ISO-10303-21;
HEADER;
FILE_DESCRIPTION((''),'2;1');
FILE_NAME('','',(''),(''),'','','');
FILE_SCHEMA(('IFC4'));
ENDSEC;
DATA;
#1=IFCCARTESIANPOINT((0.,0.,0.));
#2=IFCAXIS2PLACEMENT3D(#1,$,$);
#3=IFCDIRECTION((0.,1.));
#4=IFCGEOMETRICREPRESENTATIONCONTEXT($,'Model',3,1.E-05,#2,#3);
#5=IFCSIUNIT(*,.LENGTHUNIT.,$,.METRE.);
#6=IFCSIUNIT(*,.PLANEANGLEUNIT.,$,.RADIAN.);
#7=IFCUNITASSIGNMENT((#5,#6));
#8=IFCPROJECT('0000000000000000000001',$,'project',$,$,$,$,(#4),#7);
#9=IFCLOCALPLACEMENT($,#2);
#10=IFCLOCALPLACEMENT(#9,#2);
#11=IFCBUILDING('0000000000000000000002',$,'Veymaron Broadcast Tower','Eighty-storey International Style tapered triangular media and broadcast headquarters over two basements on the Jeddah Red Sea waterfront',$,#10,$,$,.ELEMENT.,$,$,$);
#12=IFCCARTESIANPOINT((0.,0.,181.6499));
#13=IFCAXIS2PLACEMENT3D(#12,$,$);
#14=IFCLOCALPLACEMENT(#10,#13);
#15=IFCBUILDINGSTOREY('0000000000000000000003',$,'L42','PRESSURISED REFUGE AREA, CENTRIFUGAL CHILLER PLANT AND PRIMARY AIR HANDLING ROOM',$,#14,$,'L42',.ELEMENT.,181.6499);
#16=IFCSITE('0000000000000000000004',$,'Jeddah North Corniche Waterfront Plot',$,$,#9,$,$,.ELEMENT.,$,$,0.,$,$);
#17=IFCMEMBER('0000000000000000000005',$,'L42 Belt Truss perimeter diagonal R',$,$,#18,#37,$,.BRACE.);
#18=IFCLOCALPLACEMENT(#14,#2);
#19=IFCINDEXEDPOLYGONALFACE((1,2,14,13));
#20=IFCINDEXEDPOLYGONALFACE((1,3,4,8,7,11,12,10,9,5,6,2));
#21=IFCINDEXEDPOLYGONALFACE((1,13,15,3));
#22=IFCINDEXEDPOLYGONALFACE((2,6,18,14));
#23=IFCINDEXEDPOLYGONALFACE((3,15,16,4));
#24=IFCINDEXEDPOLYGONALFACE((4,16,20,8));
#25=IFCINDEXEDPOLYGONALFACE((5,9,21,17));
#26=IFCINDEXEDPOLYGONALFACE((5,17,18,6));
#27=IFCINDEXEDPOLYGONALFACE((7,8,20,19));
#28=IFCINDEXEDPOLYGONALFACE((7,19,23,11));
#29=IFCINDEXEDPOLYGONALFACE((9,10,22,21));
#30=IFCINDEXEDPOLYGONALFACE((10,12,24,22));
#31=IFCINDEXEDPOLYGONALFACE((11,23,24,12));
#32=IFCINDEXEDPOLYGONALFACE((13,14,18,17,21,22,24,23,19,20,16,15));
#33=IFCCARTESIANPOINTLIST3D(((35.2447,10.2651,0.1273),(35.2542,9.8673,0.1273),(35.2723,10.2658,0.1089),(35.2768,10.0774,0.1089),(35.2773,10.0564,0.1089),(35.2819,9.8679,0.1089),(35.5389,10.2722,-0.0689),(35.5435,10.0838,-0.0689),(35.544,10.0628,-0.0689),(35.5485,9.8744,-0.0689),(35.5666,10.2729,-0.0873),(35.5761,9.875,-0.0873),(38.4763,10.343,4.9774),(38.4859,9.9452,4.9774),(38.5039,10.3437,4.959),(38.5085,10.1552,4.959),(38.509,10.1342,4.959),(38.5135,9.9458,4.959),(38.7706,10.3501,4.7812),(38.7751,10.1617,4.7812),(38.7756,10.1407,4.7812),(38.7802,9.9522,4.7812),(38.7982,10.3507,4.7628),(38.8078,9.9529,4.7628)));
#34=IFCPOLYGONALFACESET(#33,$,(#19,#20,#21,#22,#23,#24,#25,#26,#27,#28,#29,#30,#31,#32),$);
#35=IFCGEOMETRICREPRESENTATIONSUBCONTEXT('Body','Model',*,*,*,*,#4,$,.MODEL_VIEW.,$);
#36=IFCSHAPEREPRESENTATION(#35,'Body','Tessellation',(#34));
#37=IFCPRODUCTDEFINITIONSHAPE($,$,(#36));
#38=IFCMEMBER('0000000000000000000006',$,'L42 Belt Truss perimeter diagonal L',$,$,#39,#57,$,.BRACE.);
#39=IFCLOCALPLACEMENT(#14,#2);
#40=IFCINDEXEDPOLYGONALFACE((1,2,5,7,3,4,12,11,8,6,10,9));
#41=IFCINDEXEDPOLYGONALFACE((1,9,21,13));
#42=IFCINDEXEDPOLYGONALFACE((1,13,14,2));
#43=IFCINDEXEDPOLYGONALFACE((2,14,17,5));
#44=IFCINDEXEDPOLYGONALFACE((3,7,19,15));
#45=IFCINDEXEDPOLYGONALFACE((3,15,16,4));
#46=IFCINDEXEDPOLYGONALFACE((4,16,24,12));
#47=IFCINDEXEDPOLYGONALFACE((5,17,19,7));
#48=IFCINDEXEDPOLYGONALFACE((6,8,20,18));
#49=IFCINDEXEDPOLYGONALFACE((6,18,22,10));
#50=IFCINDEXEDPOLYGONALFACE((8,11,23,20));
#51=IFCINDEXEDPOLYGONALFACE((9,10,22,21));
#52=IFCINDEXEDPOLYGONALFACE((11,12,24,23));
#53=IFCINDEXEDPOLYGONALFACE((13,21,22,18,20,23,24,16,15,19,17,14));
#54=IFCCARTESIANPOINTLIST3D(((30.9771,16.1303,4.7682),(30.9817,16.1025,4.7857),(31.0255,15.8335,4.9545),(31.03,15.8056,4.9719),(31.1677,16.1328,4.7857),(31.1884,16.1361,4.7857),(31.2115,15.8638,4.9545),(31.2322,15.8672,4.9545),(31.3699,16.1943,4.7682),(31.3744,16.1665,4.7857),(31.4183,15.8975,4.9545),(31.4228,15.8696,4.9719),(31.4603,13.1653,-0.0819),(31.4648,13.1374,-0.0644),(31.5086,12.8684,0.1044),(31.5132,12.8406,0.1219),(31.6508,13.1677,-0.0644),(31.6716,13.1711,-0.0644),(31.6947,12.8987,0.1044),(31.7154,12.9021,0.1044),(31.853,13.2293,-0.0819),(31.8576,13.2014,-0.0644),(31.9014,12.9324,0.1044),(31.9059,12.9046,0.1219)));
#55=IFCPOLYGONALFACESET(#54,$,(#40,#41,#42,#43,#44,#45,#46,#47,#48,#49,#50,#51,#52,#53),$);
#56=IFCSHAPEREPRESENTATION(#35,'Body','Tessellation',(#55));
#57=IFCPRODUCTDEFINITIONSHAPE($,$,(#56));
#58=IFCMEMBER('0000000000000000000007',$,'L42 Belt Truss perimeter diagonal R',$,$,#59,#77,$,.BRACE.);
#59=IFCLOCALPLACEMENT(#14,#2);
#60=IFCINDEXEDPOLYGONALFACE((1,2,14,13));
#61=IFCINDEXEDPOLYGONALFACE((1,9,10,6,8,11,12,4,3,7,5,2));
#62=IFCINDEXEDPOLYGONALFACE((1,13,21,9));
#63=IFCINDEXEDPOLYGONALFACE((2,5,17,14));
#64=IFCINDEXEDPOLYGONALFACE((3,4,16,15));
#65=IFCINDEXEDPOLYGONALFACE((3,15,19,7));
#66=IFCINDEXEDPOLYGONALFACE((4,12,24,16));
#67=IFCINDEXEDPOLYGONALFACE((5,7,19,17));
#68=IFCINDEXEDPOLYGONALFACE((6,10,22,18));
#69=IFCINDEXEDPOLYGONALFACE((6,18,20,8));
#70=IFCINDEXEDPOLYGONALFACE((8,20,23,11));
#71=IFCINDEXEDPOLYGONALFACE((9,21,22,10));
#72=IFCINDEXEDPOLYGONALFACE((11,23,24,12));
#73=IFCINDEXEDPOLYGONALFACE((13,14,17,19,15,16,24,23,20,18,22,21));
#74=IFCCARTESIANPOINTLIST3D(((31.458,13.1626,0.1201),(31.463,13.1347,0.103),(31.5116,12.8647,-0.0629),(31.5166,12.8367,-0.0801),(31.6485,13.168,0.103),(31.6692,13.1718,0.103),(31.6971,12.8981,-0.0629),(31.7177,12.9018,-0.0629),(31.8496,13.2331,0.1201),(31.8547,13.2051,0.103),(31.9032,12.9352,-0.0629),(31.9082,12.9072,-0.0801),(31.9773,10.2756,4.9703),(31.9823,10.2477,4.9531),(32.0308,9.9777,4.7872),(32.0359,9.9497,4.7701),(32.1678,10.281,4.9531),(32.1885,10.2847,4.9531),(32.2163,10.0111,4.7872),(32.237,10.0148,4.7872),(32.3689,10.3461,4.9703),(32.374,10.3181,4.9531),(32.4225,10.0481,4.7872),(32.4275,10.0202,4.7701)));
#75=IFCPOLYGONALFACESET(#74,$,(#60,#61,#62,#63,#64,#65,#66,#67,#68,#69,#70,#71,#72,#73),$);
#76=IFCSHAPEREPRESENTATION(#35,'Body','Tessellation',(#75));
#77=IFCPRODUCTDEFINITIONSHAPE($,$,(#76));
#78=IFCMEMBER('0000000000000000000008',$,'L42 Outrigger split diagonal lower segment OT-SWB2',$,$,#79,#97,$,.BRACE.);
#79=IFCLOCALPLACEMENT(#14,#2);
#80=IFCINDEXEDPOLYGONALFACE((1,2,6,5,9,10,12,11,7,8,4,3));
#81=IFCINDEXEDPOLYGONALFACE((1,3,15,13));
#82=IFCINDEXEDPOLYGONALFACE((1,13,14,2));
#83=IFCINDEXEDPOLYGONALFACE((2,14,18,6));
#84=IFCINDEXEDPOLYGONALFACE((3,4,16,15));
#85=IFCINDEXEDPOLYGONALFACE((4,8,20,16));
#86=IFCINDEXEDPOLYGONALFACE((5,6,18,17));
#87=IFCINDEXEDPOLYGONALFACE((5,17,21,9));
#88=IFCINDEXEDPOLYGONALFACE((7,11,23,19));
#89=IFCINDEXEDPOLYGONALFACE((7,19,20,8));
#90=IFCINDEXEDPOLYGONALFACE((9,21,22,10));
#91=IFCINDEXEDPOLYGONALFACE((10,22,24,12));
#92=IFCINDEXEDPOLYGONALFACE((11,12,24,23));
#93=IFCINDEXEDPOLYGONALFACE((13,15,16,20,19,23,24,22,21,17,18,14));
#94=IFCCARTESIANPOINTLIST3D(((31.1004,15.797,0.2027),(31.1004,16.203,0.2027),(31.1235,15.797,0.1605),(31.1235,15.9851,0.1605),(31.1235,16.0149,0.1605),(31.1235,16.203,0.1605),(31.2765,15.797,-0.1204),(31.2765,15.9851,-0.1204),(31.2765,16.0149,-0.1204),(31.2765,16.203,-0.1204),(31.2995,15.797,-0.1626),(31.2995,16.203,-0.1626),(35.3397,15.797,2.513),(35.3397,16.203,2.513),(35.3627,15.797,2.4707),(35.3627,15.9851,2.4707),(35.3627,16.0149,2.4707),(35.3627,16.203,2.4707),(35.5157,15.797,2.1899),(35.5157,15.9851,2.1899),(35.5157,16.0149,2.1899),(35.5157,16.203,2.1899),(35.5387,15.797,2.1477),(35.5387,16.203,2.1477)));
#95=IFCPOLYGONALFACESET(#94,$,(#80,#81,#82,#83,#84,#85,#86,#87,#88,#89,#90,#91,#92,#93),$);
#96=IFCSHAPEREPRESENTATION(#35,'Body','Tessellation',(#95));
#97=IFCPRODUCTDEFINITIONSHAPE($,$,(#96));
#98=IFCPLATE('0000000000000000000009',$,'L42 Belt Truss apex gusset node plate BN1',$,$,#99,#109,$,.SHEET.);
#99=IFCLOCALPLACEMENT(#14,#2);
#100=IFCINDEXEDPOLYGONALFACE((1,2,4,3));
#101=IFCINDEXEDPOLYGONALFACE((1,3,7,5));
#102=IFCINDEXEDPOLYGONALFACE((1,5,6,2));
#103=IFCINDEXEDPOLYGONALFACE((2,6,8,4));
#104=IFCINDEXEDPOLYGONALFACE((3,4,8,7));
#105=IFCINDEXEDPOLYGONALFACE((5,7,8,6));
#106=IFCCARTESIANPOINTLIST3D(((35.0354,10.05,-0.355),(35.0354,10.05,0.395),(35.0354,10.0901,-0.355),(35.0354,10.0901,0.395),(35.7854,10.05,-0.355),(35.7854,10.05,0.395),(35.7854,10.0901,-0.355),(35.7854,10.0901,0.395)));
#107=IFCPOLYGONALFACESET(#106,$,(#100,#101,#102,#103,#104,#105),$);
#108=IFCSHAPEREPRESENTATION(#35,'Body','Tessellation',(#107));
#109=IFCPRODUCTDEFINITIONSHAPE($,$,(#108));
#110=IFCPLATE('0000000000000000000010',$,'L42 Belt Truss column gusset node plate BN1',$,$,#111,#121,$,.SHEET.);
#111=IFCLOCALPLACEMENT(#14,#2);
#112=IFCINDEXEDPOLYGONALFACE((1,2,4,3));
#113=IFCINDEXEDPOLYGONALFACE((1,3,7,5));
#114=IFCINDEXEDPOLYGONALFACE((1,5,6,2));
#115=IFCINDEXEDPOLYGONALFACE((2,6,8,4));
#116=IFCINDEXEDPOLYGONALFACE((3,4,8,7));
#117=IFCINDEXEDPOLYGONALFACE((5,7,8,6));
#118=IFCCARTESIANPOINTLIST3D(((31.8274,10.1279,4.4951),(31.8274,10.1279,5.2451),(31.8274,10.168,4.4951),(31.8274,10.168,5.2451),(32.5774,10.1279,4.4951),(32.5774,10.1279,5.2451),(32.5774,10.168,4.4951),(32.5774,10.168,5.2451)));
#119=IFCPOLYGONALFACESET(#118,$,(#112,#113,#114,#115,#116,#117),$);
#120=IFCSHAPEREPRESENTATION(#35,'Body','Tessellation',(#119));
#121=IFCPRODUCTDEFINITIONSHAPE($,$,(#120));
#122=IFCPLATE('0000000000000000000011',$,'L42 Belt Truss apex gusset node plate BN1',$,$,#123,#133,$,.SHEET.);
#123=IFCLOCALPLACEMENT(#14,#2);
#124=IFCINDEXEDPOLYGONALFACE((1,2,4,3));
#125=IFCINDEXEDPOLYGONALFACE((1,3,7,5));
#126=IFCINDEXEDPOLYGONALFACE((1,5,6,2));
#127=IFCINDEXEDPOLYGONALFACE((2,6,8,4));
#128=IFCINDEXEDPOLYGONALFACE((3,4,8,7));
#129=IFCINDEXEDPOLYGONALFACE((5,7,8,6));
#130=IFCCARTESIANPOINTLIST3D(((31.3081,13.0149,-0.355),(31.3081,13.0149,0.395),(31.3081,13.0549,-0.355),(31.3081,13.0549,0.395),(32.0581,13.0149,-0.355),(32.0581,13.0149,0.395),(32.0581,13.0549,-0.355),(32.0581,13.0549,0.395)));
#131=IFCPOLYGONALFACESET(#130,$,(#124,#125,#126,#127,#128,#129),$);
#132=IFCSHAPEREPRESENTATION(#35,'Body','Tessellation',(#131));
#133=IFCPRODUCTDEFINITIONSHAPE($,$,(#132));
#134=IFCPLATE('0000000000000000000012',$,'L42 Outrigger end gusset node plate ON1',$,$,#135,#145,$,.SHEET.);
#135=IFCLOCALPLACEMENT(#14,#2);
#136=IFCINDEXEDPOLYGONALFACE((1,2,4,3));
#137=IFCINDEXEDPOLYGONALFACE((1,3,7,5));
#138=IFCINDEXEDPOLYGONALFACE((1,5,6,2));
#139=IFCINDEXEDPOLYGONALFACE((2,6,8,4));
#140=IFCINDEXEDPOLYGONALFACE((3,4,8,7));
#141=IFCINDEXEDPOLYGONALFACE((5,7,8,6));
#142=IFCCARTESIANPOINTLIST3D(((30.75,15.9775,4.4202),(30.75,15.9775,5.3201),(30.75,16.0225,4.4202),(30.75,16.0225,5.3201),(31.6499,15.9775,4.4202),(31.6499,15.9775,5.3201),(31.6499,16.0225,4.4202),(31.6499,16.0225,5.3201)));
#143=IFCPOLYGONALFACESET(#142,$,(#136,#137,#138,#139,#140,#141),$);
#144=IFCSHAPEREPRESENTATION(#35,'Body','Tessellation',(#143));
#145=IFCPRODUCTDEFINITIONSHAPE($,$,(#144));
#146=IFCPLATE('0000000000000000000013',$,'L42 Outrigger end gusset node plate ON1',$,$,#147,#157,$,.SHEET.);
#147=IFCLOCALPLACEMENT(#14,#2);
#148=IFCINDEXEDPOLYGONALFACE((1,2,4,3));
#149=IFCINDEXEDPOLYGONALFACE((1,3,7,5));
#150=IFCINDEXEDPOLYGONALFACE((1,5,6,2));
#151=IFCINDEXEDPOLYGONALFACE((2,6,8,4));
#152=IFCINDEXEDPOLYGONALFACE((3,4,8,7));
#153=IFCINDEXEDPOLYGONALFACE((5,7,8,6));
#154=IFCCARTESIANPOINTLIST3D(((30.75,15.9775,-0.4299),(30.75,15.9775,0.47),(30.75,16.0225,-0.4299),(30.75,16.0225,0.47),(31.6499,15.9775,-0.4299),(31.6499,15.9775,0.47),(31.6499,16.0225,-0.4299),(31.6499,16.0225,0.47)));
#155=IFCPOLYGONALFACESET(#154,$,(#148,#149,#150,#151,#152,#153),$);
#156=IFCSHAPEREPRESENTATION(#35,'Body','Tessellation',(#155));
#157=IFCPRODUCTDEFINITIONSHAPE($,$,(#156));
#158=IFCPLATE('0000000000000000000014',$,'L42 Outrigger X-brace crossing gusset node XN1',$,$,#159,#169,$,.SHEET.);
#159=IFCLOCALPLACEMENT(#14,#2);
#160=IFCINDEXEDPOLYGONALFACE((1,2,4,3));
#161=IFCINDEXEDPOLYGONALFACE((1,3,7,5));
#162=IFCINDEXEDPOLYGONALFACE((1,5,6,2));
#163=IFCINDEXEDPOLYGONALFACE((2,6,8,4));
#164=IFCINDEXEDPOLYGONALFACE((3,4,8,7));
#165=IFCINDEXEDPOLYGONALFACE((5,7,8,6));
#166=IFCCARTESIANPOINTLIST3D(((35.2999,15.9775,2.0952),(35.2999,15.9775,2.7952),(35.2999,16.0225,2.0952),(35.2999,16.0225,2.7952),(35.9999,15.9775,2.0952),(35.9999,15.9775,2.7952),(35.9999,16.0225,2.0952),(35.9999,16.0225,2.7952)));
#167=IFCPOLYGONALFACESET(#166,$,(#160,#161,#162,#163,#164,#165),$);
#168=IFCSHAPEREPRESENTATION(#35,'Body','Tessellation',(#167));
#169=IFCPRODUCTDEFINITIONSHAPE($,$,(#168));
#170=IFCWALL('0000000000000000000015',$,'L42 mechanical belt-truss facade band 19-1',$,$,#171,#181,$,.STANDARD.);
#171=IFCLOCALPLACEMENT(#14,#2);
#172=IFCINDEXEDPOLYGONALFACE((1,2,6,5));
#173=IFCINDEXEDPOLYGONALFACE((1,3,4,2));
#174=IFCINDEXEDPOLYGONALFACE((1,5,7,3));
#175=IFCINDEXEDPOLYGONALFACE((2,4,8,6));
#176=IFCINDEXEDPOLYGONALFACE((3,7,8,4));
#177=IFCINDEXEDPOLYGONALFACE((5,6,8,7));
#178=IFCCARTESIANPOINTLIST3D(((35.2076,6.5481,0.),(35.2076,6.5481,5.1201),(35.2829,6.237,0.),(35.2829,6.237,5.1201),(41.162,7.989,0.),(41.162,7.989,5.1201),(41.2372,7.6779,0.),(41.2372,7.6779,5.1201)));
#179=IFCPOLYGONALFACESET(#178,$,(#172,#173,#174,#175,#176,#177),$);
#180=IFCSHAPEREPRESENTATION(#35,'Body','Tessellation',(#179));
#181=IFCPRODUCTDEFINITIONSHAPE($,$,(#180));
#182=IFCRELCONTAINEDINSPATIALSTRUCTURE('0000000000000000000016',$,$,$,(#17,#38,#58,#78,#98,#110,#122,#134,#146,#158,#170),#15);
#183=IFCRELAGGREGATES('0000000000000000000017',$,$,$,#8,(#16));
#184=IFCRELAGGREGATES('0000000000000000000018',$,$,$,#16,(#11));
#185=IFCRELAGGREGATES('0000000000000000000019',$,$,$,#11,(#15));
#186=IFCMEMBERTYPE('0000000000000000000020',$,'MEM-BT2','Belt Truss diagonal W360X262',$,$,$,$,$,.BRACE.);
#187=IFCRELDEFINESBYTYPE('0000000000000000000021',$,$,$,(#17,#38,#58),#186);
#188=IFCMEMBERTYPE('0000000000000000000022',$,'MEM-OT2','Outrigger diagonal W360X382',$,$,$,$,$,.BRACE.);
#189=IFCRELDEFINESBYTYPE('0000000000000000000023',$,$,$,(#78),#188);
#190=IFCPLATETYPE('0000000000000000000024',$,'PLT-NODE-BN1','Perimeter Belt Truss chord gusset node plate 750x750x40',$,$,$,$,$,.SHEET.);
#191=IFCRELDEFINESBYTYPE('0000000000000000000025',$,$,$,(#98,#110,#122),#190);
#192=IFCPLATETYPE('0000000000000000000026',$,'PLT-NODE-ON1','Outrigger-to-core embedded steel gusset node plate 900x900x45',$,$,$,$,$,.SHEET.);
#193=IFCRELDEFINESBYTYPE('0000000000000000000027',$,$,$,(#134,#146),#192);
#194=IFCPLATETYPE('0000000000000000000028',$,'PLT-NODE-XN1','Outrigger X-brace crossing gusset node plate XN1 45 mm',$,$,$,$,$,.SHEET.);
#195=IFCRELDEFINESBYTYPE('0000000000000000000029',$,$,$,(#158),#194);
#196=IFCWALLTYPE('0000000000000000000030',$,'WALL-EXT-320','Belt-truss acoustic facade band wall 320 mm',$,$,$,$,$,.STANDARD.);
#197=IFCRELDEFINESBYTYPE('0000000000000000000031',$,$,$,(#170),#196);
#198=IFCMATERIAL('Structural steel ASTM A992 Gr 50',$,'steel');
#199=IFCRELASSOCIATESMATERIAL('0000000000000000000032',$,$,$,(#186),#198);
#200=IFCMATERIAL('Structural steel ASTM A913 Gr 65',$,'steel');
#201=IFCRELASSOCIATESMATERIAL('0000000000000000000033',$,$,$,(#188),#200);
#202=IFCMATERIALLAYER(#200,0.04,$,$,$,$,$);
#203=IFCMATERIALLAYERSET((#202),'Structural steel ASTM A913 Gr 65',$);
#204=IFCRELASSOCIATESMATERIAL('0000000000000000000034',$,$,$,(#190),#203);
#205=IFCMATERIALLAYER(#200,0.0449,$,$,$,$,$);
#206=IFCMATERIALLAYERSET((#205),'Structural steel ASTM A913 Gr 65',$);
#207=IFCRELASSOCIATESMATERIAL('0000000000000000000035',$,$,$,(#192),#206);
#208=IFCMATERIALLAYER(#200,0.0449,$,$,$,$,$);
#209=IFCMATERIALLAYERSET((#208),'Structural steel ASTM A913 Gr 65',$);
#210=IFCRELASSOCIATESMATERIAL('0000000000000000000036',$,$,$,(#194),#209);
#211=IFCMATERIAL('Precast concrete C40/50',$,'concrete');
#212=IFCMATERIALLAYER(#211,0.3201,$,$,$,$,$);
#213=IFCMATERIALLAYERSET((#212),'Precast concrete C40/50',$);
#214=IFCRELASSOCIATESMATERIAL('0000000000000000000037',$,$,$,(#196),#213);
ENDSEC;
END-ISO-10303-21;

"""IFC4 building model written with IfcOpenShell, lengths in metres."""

from ifc_helpers import new_model, si_unit, direction, frame, frame_2d, origin, origin_2d, place, context, subcontext, project, spatial, rectangle, i_section, extrude, material, layer, layer_set, material_profile, profile_set, type_object, element, save


model = new_model("IFC4")

# Units and contexts
model_context = context("Model", 3, precision=1e-05, world=origin(), true_north=direction((0.0, 1.0)))
body_context = subcontext(model_context, "Body", "Model", "MODEL_VIEW")
ifc_project = project(units=[si_unit("LENGTHUNIT", "METRE"), si_unit("PLANEANGLEUNIT", "RADIAN")], contexts=[model_context])

# Site, building, storey
site_placement = place(None, origin())
site = spatial("IfcSite", under=ifc_project, at=site_placement, Name="Jeddah North Corniche Waterfront Plot", CompositionType="ELEMENT", RefElevation=0.0)
building_placement = place(site_placement, origin())
building = spatial("IfcBuilding", under=site, at=building_placement, Name="Veymaron Broadcast Tower", Description="Eighty-storey International Style tapered triangular media and broadcast headquarters over two basements on the Jeddah Red Sea waterfront", CompositionType="ELEMENT")
storey_placement = place(building_placement, frame((0.0, 0.0, 181.6499)))
storey = spatial("IfcBuildingStorey", under=building, at=storey_placement, Name="L42", Description="PRESSURISED REFUGE AREA, CENTRIFUGAL CHILLER PLANT AND PRIMARY AIR HANDLING ROOM", LongName="L42", CompositionType="ELEMENT", Elevation=181.6499)

# Shared definitions
ifc_material_1 = material(Name="Structural steel ASTM A913 Gr 65", Category="steel")

# Shared definitions
ifc_material_2 = material(Name="Structural steel ASTM A992 Gr 50", Category="steel")

# Members
ifc_material_profile_1 = material_profile(ifc_material_2, i_section(OverallWidth=0.3979, OverallDepth=0.387, WebThickness=0.021, FlangeThickness=0.0332, at=origin_2d()), Name="W360X262")
ifc_profile_set_1 = profile_set([ifc_material_profile_1], Name="Structural steel ASTM A992 Gr 50")
member_type_1 = type_object("IfcMemberType", Name="MEM-BT2", Description="Belt Truss diagonal W360X262", PredefinedType="BRACE", material=ifc_profile_set_1)
member_1_placement = place(storey_placement, frame((35.4104, 10.0701, 0.02), z_axis=(0.554448, 0.013362, 0.832111), x_axis=(-0.024092, 0.99971, 0.0)))
element("IfcMember", 1, at=member_1_placement, inside=storey, type_object=member_type_1, Name="L42 Belt Truss perimeter diagonal R", PredefinedType="BRACE", context=body_context, shape_type="SweptSolid", body=[
    extrude(i_section(OverallWidth=0.3979, OverallDepth=0.387, WebThickness=0.021, FlangeThickness=0.0332, at=origin_2d()), origin(), (0.0, 0.0, 1.0), 5.8286),
])
member_2_placement = place(storey_placement, frame((31.6831, 13.0349, 0.02), z_axis=(-0.084688, 0.519722, 0.850128), x_axis=(-0.986983, -0.160827, 0.0)))
element("IfcMember", 2, at=member_2_placement, inside=storey, type_object=member_type_1, Name="L42 Belt Truss perimeter diagonal L", PredefinedType="BRACE", context=body_context, shape_type="SweptSolid", body=[
    extrude(i_section(OverallWidth=0.3979, OverallDepth=0.387, WebThickness=0.021, FlangeThickness=0.0332, at=origin_2d()), origin(), (0.0, 0.0, 1.0), 5.7051),
])
member_3_placement = place(storey_placement, frame((31.6831, 13.0349, 0.02), z_axis=(0.091615, -0.509333, 0.855679), x_axis=(0.984205, 0.177032, 0.0)))
element("IfcMember", 3, at=member_3_placement, inside=storey, type_object=member_type_1, Name="L42 Belt Truss perimeter diagonal R", PredefinedType="BRACE", context=body_context, shape_type="SweptSolid", body=[
    extrude(i_section(OverallWidth=0.3979, OverallDepth=0.387, WebThickness=0.021, FlangeThickness=0.0332, at=origin_2d()), origin(), (0.0, 0.0, 1.0), 5.6682),
])
ifc_material_profile_2 = material_profile(ifc_material_1, i_section(OverallWidth=0.406, OverallDepth=0.416, WebThickness=0.0298, FlangeThickness=0.0481, at=origin_2d()), Name="W360X382")
ifc_profile_set_2 = profile_set([ifc_material_profile_2], Name="Structural steel ASTM A913 Gr 65")
member_type_2 = type_object("IfcMemberType", Name="MEM-OT2", Description="Outrigger diagonal W360X382", PredefinedType="BRACE", material=ifc_profile_set_2)
member_4_placement = place(storey_placement, frame((35.4392, 16.0, 2.3303), z_axis=(-0.878071, 0.0, -0.47853), x_axis=(0.0, -1.0, 0.0)))
element("IfcMember", 4, at=member_4_placement, inside=storey, type_object=member_type_2, Name="L42 Outrigger split diagonal lower segment OT-SWB2", PredefinedType="BRACE", context=body_context, shape_type="SweptSolid", body=[
    extrude(i_section(OverallWidth=0.406, OverallDepth=0.416, WebThickness=0.0298, FlangeThickness=0.0481, at=origin_2d()), origin(), (0.0, 0.0, 1.0), 4.8279),
])

# Plates
ifc_layer_1 = layer(ifc_material_1, 0.04)
ifc_layer_set_1 = layer_set([ifc_layer_1], Name="Structural steel ASTM A913 Gr 65")
plate_type_1 = type_object("IfcPlateType", Name="PLT-NODE-BN1", Description="Perimeter Belt Truss chord gusset node plate 750x750x40", PredefinedType="SHEET", material=ifc_layer_set_1)
for number, where, z_axis, x_axis, name in (
    (5, (35.4104, 10.0701, -0.355), (0.0, 0.0, 1.0), (1.0, 0.0, 0.0), "L42 Belt Truss apex gusset node plate BN1"),
    (6, (32.2024, 10.1479, 4.4951), (0.0, 0.0, 1.0), (1.0, 0.0, 0.0), "L42 Belt Truss column gusset node plate BN1"),
    (7, (31.6831, 13.0349, -0.355), (0.0, 0.0, 1.0), (1.0, 0.0, 0.0), "L42 Belt Truss apex gusset node plate BN1"),
):
    element("IfcPlate", number, at=place(storey_placement, frame(where, z_axis=z_axis, x_axis=x_axis)), inside=storey, type_object=plate_type_1, Name=name, PredefinedType="SHEET", context=body_context, shape_type="SweptSolid", body=[
        extrude(rectangle(XDim=0.75, YDim=0.04, at=origin_2d()), origin(), (0.0, 0.0, 1.0), 0.75),
    ])
ifc_layer_2 = layer(ifc_material_1, 0.0449)
ifc_layer_set_2 = layer_set([ifc_layer_2], Name="Structural steel ASTM A913 Gr 65")
plate_type_2 = type_object("IfcPlateType", Name="PLT-NODE-ON1", Description="Outrigger-to-core embedded steel gusset node plate 900x900x45", PredefinedType="SHEET", material=ifc_layer_set_2)
for number, where, z_axis, x_axis, name in (
    (8, (31.2, 16.0, 4.4202), (0.0, 0.0, 1.0), (1.0, 0.0, 0.0), "L42 Outrigger end gusset node plate ON1"),
    (9, (31.2, 16.0, -0.4299), (0.0, 0.0, 1.0), (1.0, 0.0, 0.0), "L42 Outrigger end gusset node plate ON1"),
):
    element("IfcPlate", number, at=place(storey_placement, frame(where, z_axis=z_axis, x_axis=x_axis)), inside=storey, type_object=plate_type_2, Name=name, PredefinedType="SHEET", context=body_context, shape_type="SweptSolid", body=[
        extrude(rectangle(XDim=0.8999, YDim=0.0449, at=origin_2d()), origin(), (0.0, 0.0, 1.0), 0.8999),
    ])
ifc_layer_3 = layer(ifc_material_1, 0.0449)
ifc_layer_set_3 = layer_set([ifc_layer_3], Name="Structural steel ASTM A913 Gr 65")
plate_type_3 = type_object("IfcPlateType", Name="PLT-NODE-XN1", Description="Outrigger X-brace crossing gusset node plate XN1 45 mm", PredefinedType="SHEET", material=ifc_layer_set_3)
plate_placement = place(storey_placement, frame((35.6499, 16.0, 2.0952), z_axis=(0.0, 0.0, 1.0), x_axis=(1.0, 0.0, 0.0)))
element("IfcPlate", 10, at=plate_placement, inside=storey, type_object=plate_type_3, Name="L42 Outrigger X-brace crossing gusset node XN1", PredefinedType="SHEET", context=body_context, shape_type="SweptSolid", body=[
    extrude(rectangle(XDim=0.7, YDim=0.0449, at=origin_2d()), origin(), (0.0, 0.0, 1.0), 0.7),
])

# Wall
ifc_material_3 = material(Name="Precast concrete C40/50", Category="concrete")
ifc_layer_4 = layer(ifc_material_3, 0.3201)
ifc_layer_set_4 = layer_set([ifc_layer_4], Name="Precast concrete C40/50")
wall_type_1 = type_object("IfcWallType", Name="WALL-EXT-320", Description="Belt-truss acoustic facade band wall 320 mm", PredefinedType="STANDARD", material=ifc_layer_set_4)
wall_1_placement = place(storey_placement, frame((35.2454, 6.3926, 0.0), z_axis=(0.0, 0.0, 1.0), x_axis=(0.971946, 0.235205, 0.0)))
element("IfcWall", 11, at=wall_1_placement, inside=storey, type_object=wall_type_1, Name="L42 mechanical belt-truss facade band 19-1", PredefinedType="STANDARD", context=body_context, shape_type="SweptSolid", body=[
    extrude(rectangle(XDim=6.1262, YDim=0.3201, at=frame_2d((3.063, 0.0))), origin(), (0.0, 0.0, 1.0), 5.1201),
])

save(model, "model.ifc")
